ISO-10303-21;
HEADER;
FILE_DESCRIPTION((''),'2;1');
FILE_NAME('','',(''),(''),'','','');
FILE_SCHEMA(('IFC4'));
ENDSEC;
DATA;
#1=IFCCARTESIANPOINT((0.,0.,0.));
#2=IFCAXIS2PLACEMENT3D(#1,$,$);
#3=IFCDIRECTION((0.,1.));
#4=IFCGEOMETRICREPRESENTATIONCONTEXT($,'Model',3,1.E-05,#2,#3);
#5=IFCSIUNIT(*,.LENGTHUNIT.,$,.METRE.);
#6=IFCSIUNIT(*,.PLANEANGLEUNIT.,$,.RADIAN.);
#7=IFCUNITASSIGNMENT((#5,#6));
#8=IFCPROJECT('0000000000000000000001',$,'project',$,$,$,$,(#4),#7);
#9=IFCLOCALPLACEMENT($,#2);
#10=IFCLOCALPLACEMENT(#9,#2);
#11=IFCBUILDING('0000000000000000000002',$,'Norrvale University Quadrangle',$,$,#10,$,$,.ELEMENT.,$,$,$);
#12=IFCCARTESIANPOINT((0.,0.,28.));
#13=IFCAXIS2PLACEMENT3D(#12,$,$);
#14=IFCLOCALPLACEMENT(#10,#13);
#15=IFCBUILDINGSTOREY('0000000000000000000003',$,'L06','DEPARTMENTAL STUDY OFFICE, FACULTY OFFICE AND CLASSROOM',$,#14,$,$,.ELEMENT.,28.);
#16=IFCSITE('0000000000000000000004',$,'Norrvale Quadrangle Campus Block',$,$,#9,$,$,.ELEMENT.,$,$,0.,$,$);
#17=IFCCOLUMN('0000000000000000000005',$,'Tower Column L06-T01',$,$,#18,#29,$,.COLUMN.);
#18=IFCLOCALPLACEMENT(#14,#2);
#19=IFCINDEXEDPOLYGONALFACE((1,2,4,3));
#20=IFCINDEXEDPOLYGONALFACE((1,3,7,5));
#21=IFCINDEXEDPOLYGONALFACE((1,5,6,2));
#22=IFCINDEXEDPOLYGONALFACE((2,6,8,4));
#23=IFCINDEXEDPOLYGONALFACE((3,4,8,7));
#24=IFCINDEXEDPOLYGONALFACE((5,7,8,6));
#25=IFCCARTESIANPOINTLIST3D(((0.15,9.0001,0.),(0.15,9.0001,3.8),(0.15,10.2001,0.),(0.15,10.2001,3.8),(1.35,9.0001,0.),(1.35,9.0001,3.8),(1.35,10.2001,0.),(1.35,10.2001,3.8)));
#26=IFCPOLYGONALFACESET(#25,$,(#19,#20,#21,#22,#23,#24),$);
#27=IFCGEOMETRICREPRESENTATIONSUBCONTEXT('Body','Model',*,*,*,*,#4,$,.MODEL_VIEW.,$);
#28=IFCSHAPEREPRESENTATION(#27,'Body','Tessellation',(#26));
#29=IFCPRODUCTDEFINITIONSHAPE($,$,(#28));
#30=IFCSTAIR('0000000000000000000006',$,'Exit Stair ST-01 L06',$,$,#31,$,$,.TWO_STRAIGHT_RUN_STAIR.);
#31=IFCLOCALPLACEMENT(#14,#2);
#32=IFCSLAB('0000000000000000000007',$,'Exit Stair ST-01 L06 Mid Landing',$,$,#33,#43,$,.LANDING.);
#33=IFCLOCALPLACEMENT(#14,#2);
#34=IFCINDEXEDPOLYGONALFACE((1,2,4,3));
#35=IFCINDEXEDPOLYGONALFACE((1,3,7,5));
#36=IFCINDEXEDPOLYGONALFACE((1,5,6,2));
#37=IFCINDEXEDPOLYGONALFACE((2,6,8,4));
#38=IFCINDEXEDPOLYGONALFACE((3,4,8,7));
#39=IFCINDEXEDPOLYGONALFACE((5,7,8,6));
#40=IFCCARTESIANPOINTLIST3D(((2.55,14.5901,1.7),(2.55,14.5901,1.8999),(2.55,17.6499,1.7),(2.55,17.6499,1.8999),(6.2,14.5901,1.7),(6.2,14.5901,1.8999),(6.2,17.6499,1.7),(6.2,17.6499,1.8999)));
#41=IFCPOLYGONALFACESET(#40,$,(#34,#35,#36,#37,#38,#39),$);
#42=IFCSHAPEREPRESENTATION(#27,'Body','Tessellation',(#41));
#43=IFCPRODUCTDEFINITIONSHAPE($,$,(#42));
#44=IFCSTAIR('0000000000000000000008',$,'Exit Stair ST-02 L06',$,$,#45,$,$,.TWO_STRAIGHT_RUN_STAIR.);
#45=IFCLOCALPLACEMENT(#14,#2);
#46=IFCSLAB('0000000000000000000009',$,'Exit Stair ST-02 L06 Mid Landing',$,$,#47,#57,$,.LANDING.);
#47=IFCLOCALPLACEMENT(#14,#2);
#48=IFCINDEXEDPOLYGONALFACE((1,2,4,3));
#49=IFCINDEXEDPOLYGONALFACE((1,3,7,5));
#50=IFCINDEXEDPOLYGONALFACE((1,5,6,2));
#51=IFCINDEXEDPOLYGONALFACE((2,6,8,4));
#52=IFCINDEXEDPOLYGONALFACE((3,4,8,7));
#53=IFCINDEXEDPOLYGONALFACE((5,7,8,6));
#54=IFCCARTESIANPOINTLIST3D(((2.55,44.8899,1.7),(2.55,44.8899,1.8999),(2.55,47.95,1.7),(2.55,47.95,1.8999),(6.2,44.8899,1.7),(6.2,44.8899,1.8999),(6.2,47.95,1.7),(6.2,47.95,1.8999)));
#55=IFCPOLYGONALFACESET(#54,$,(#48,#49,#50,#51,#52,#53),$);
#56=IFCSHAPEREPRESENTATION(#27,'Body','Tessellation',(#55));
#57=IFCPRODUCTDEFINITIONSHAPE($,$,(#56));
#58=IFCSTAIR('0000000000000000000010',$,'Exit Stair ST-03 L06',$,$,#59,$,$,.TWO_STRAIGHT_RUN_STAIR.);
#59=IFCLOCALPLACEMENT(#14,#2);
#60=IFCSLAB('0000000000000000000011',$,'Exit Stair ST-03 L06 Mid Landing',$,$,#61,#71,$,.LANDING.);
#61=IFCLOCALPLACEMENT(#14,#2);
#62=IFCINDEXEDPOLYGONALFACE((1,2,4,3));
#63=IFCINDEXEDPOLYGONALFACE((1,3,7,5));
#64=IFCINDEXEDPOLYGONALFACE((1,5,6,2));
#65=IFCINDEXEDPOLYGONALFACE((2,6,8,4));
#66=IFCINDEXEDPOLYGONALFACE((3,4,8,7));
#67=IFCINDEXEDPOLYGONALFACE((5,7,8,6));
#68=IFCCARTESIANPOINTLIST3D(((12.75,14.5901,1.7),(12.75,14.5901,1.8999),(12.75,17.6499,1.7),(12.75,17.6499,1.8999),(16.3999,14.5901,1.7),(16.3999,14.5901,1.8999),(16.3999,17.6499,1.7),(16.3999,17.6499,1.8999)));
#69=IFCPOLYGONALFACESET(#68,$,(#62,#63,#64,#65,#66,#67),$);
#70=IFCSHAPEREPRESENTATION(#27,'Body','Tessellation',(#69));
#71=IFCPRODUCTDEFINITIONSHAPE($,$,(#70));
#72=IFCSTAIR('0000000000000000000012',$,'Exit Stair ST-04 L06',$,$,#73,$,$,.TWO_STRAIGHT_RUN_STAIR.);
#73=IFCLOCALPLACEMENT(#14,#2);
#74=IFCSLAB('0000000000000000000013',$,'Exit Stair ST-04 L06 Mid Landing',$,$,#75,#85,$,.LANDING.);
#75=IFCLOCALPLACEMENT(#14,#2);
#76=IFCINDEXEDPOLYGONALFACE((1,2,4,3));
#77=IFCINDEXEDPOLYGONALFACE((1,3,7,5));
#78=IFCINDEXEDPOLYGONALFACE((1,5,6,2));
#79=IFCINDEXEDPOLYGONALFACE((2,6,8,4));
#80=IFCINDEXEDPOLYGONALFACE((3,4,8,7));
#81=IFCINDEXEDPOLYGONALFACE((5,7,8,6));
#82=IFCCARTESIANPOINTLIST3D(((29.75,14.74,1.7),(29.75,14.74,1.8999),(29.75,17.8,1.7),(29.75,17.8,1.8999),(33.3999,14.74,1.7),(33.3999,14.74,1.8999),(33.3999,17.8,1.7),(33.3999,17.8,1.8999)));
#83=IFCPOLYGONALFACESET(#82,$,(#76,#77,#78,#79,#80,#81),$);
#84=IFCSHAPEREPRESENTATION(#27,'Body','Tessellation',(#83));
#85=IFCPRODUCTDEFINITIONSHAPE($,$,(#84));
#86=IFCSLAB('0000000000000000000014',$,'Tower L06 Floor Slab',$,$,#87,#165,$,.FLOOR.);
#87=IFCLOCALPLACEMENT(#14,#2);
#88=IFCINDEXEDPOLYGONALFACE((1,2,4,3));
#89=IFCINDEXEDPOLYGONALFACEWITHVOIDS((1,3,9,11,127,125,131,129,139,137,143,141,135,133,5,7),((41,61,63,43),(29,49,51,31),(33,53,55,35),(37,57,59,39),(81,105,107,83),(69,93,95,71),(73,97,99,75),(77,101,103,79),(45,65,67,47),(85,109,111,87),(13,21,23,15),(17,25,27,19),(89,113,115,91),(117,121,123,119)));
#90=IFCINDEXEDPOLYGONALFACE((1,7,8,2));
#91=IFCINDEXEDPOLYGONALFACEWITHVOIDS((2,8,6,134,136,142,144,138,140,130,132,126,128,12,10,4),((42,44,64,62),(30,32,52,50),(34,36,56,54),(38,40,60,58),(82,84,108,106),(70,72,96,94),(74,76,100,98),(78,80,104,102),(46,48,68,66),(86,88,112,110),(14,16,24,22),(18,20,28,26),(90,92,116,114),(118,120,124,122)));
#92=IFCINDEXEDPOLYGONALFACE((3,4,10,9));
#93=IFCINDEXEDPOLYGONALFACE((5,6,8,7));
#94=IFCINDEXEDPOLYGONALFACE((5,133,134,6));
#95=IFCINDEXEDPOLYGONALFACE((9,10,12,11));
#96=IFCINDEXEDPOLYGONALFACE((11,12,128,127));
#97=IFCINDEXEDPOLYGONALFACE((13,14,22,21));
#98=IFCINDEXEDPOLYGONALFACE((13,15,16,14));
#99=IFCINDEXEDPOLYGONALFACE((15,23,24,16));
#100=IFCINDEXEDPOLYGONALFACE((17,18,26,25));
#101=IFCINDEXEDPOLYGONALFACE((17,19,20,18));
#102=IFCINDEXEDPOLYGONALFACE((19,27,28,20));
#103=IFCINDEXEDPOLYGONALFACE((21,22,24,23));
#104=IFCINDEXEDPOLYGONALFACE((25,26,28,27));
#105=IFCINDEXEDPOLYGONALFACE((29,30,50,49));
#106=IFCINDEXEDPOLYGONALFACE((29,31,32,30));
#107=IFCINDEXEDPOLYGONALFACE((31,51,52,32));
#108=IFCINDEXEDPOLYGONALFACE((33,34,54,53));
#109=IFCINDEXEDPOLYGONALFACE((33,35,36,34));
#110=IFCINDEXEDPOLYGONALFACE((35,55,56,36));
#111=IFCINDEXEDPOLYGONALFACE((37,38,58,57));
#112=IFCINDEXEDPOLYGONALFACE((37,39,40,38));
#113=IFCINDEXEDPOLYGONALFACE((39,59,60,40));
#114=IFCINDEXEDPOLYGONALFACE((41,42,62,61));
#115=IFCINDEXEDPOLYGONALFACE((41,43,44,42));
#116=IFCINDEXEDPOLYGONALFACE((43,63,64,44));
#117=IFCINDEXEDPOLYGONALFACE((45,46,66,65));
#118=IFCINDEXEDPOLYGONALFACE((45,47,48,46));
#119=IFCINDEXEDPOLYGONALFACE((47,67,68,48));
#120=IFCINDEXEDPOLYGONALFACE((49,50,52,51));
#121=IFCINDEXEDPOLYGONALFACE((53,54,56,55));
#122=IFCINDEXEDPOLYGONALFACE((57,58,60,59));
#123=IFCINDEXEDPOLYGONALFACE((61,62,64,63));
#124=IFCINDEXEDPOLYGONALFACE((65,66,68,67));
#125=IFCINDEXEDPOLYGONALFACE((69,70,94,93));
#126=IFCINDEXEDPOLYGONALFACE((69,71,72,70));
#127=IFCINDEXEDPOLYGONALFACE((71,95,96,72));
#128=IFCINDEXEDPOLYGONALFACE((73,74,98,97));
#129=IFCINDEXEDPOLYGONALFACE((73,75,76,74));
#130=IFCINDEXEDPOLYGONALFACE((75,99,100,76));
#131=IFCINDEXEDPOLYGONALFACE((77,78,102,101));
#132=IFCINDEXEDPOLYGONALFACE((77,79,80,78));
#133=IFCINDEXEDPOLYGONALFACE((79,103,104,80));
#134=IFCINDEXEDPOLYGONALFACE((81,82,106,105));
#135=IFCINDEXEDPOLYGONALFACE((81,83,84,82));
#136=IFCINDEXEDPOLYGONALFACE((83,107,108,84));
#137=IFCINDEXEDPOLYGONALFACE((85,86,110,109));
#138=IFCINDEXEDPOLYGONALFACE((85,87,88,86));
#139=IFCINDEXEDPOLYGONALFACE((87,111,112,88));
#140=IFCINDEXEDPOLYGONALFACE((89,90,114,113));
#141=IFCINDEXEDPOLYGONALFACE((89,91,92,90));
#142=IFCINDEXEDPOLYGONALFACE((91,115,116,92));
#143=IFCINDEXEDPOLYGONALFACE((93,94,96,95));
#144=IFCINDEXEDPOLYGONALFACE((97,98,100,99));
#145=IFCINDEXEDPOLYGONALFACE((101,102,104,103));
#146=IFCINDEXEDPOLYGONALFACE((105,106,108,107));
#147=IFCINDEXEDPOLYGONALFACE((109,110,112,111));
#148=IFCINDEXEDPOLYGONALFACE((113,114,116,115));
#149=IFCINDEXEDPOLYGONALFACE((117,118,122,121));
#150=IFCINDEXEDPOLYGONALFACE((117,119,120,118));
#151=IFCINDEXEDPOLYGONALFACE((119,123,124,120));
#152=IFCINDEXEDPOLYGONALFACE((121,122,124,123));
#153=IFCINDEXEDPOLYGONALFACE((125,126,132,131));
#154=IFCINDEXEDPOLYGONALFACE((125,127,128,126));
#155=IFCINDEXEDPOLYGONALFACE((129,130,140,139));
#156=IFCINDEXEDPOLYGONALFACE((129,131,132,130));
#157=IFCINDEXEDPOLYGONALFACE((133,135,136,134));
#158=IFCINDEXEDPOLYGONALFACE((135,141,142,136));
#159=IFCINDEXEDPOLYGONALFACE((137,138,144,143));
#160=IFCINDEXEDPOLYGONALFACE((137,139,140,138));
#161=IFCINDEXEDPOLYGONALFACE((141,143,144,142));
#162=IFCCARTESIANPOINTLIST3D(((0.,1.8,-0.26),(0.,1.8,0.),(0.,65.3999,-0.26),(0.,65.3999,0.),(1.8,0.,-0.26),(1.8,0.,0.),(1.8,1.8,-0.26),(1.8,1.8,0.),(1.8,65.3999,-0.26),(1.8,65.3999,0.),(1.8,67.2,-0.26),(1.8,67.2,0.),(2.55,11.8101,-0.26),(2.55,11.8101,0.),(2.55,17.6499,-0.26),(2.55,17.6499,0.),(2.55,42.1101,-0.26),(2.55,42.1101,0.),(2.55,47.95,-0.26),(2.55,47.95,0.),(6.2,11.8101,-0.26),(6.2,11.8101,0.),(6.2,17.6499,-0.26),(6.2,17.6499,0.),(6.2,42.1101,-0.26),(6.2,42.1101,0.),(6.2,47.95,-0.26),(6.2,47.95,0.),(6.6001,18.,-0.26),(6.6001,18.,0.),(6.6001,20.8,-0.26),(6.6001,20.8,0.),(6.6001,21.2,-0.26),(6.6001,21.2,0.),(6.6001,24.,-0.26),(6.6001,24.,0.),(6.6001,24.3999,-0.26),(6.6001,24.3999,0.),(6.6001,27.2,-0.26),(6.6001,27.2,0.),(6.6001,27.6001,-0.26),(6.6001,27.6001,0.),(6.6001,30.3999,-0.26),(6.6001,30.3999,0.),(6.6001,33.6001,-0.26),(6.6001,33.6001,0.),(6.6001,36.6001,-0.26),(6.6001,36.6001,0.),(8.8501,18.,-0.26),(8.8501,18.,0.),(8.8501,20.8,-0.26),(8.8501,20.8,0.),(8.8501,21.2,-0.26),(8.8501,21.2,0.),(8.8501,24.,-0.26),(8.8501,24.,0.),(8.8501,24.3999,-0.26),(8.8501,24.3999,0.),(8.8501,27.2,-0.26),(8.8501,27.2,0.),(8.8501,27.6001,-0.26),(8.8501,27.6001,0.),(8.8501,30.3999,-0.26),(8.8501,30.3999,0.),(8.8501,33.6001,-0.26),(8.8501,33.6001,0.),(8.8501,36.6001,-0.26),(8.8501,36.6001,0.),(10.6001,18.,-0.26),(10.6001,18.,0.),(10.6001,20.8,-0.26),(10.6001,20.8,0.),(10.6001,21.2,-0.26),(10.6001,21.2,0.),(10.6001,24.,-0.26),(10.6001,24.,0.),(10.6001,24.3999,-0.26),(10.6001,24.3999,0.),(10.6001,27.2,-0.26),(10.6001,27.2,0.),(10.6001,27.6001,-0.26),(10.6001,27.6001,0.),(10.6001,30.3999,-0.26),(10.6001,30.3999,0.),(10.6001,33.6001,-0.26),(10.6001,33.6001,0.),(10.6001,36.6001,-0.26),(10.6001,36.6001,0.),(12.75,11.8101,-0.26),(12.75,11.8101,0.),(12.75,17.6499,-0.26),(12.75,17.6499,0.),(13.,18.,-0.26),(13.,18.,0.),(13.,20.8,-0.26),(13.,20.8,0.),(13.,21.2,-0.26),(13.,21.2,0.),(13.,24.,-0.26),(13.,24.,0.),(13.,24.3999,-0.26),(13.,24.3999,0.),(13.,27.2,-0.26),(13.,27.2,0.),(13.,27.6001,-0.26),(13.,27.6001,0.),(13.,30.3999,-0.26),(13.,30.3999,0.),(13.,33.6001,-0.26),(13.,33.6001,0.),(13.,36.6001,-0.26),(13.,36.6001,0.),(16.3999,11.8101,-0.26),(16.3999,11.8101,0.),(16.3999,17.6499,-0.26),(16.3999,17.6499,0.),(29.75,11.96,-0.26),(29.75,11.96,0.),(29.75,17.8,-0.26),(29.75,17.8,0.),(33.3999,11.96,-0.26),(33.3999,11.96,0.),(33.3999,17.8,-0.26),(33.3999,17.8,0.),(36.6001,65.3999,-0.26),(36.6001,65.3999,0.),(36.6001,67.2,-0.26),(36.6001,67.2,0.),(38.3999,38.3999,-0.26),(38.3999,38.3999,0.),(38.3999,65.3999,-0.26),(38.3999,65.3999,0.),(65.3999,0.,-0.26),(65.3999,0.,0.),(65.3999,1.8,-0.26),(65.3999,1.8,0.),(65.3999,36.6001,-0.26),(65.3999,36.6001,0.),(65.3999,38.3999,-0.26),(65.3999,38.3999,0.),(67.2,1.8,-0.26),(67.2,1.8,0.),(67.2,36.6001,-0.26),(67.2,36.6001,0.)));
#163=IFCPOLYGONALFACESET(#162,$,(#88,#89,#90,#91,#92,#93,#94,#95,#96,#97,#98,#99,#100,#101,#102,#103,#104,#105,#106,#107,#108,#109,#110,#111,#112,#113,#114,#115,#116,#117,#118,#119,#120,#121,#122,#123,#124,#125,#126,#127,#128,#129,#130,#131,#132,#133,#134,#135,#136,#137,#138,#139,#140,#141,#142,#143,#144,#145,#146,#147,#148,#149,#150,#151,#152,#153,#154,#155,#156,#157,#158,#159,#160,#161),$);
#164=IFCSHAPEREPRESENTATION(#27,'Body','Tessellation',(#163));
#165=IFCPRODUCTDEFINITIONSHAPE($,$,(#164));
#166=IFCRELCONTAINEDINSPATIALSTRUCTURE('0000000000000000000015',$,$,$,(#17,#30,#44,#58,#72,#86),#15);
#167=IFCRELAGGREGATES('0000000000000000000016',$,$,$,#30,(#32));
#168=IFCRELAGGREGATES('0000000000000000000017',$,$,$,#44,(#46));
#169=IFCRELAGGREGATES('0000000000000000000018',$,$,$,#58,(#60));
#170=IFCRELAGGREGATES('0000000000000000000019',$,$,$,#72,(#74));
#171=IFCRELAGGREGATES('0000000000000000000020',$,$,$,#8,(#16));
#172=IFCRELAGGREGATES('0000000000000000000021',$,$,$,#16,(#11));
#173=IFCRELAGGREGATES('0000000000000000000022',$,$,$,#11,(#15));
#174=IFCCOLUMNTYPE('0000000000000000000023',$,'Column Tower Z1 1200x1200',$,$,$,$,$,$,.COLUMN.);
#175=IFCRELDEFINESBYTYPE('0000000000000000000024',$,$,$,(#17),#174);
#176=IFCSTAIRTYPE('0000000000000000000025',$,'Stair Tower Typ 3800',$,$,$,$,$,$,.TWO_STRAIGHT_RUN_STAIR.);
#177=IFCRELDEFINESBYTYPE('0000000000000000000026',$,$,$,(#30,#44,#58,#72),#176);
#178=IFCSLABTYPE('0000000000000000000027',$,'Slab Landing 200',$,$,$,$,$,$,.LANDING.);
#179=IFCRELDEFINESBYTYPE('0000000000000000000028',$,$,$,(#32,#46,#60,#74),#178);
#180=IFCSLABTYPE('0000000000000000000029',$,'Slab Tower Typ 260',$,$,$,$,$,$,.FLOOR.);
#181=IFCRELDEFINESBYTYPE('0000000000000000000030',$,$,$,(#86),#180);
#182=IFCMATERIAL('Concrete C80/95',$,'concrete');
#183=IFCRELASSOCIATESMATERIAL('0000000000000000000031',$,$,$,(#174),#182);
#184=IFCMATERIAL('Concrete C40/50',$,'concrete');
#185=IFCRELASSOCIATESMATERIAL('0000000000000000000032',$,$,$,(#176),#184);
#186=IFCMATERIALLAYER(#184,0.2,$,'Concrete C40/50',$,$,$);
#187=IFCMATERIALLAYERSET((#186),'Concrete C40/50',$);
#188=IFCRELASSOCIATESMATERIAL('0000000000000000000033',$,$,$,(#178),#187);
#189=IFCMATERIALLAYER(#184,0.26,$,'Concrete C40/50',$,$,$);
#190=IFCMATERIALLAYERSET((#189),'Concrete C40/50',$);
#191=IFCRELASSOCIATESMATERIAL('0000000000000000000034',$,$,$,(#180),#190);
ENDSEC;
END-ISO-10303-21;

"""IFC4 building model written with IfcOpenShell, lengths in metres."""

from ifc_helpers import new_model, si_unit, direction, frame, origin, origin_2d, place, context, subcontext, project, spatial, polyline, rectangle, outline, extrude, material, layer, layer_set, material_profile, profile_set, type_object, element, aggregate, save


model = new_model("IFC4")

# Units and contexts
model_context = context("Model", 3, precision=1e-05, world=origin(), true_north=direction((0.0, 1.0)))
body_context = subcontext(model_context, "Body", "Model", "MODEL_VIEW")
ifc_project = project(units=[si_unit("LENGTHUNIT", "METRE"), si_unit("PLANEANGLEUNIT", "RADIAN")], contexts=[model_context])

# Site, building, storey
site_placement = place(None, origin())
site = spatial("IfcSite", under=ifc_project, at=site_placement, Name="Norrvale Quadrangle Campus Block", CompositionType="ELEMENT", RefElevation=0.0)
building_placement = place(site_placement, origin())
building = spatial("IfcBuilding", under=site, at=building_placement, Name="Norrvale University Quadrangle", CompositionType="ELEMENT")
storey_placement = place(building_placement, frame((0.0, 0.0, 28.0)))
storey = spatial("IfcBuildingStorey", under=building, at=storey_placement, Name="L06", Description="DEPARTMENTAL STUDY OFFICE, FACULTY OFFICE AND CLASSROOM", CompositionType="ELEMENT", Elevation=28.0)

# Column
ifc_material_1 = material(Name="Concrete C80/95", Category="concrete")
ifc_material_profile = material_profile(ifc_material_1, rectangle(XDim=1.2, YDim=1.2, at=origin_2d()), Name="Concrete C80/95")
ifc_profile_set = profile_set([ifc_material_profile], Name="Concrete C80/95")
column_type = type_object("IfcColumnType", Name="Column Tower Z1 1200x1200", PredefinedType="COLUMN", material=ifc_profile_set)
column_placement = place(storey_placement, frame((0.75, 9.6001, 0.0), z_axis=(0.0, 0.0, 1.0), x_axis=(1.0, 0.0, 0.0)))
element("IfcColumn", 1, at=column_placement, inside=storey, type_object=column_type, Name="Tower Column L06-T01", PredefinedType="COLUMN", context=body_context, shape_type="SweptSolid", body=[
    extrude(rectangle(XDim=1.2, YDim=1.2, at=origin_2d()), origin(), (0.0, 0.0, 1.0), 3.8),
])

# Stairs, slabs
ifc_material_2 = material(Name="Concrete C40/50", Category="concrete")
stair_type = type_object("IfcStairType", Name="Stair Tower Typ 3800", PredefinedType="TWO_STRAIGHT_RUN_STAIR", material=ifc_material_2)
stair_1_placement = place(storey_placement, origin())
stair_1 = element("IfcStair", 2, at=stair_1_placement, inside=storey, type_object=stair_type, Name="Exit Stair ST-01 L06", PredefinedType="TWO_STRAIGHT_RUN_STAIR")
ifc_layer_1 = layer(ifc_material_2, 0.2, Name="Concrete C40/50")
ifc_layer_set_1 = layer_set([ifc_layer_1], Name="Concrete C40/50")
slab_type_1 = type_object("IfcSlabType", Name="Slab Landing 200", PredefinedType="LANDING", material=ifc_layer_set_1)
slab_1_placement = place(storey_placement, frame((0.0, 0.0, 1.7)))
slab_1 = element("IfcSlab", 3, at=slab_1_placement, type_object=slab_type_1, Name="Exit Stair ST-01 L06 Mid Landing", PredefinedType="LANDING", context=body_context, shape_type="SweptSolid", body=[
    extrude(outline(polyline([(2.55, 14.5901), (6.2, 14.5901), (6.2, 17.6499), (2.55, 17.6499), (2.55, 14.5901)])), origin(), (0.0, 0.0, 1.0), 0.2),
])
aggregate(stair_1, [slab_1])
stair_2_placement = place(storey_placement, origin())
stair_2 = element("IfcStair", 4, at=stair_2_placement, inside=storey, type_object=stair_type, Name="Exit Stair ST-02 L06", PredefinedType="TWO_STRAIGHT_RUN_STAIR")
slab_2_placement = place(storey_placement, frame((0.0, 0.0, 1.7)))
slab_2 = element("IfcSlab", 5, at=slab_2_placement, type_object=slab_type_1, Name="Exit Stair ST-02 L06 Mid Landing", PredefinedType="LANDING", context=body_context, shape_type="SweptSolid", body=[
    extrude(outline(polyline([(2.55, 44.8899), (6.2, 44.8899), (6.2, 47.95), (2.55, 47.95), (2.55, 44.8899)])), origin(), (0.0, 0.0, 1.0), 0.2),
])
aggregate(stair_2, [slab_2])
stair_3_placement = place(storey_placement, origin())
stair_3 = element("IfcStair", 6, at=stair_3_placement, inside=storey, type_object=stair_type, Name="Exit Stair ST-03 L06", PredefinedType="TWO_STRAIGHT_RUN_STAIR")
slab_3_placement = place(storey_placement, frame((0.0, 0.0, 1.7)))
slab_3 = element("IfcSlab", 7, at=slab_3_placement, type_object=slab_type_1, Name="Exit Stair ST-03 L06 Mid Landing", PredefinedType="LANDING", context=body_context, shape_type="SweptSolid", body=[
    extrude(outline(polyline([(12.75, 14.5901), (16.3999, 14.5901), (16.3999, 17.6499), (12.75, 17.6499), (12.75, 14.5901)])), origin(), (0.0, 0.0, 1.0), 0.2),
])
aggregate(stair_3, [slab_3])
stair_4_placement = place(storey_placement, origin())
stair_4 = element("IfcStair", 8, at=stair_4_placement, inside=storey, type_object=stair_type, Name="Exit Stair ST-04 L06", PredefinedType="TWO_STRAIGHT_RUN_STAIR")
slab_4_placement = place(storey_placement, frame((0.0, 0.0, 1.7)))
slab_4 = element("IfcSlab", 9, at=slab_4_placement, type_object=slab_type_1, Name="Exit Stair ST-04 L06 Mid Landing", PredefinedType="LANDING", context=body_context, shape_type="SweptSolid", body=[
    extrude(outline(polyline([(29.75, 14.74), (33.3999, 14.74), (33.3999, 17.8), (29.75, 17.8), (29.75, 14.74)])), origin(), (0.0, 0.0, 1.0), 0.2),
])
aggregate(stair_4, [slab_4])

# Slab
ifc_layer_2 = layer(ifc_material_2, 0.26, Name="Concrete C40/50")
ifc_layer_set_2 = layer_set([ifc_layer_2], Name="Concrete C40/50")
slab_type_2 = type_object("IfcSlabType", Name="Slab Tower Typ 260", PredefinedType="FLOOR", material=ifc_layer_set_2)
slab_5_placement = place(storey_placement, frame((0.0, 0.0, -0.26)))
element("IfcSlab", 10, at=slab_5_placement, inside=storey, type_object=slab_type_2, Name="Tower L06 Floor Slab", PredefinedType="FLOOR", context=body_context, shape_type="SweptSolid", body=[
    extrude(outline(polyline([(1.8, 0.0), (65.3999, 0.0), (65.3999, 1.8), (67.2, 1.8), (67.2, 36.6001), (65.3999, 36.6001), (65.3999, 38.3999), (38.3999, 38.3999), (38.3999, 65.3999), (36.6001, 65.3999), (36.6001, 67.2), (1.8, 67.2), (1.8, 65.3999), (0.0, 65.3999), (0.0, 1.8), (1.8, 1.8), (1.8, 0.0)]), holes=[polyline([(2.55, 11.8101), (6.2, 11.8101), (6.2, 17.6499), (2.55, 17.6499), (2.55, 11.8101)]), polyline([(2.55, 42.1101), (6.2, 42.1101), (6.2, 47.95), (2.55, 47.95), (2.55, 42.1101)]), polyline([(12.75, 11.8101), (16.3999, 11.8101), (16.3999, 17.6499), (12.75, 17.6499), (12.75, 11.8101)]), polyline([(29.75, 11.96), (33.3999, 11.96), (33.3999, 17.8), (29.75, 17.8), (29.75, 11.96)]), polyline([(6.6001, 18.0), (8.8501, 18.0), (8.8501, 20.8), (6.6001, 20.8), (6.6001, 18.0)]), polyline([(6.6001, 21.2), (8.8501, 21.2), (8.8501, 24.0), (6.6001, 24.0), (6.6001, 21.2)]), polyline([(6.6001, 24.3999), (8.8501, 24.3999), (8.8501, 27.2), (6.6001, 27.2), (6.6001, 24.3999)]), polyline([(6.6001, 27.6001), (8.8501, 27.6001), (8.8501, 30.3999), (6.6001, 30.3999), (6.6001, 27.6001)]), polyline([(10.6001, 18.0), (13.0, 18.0), (13.0, 20.8), (10.6001, 20.8), (10.6001, 18.0)]), polyline([(10.6001, 21.2), (13.0, 21.2), (13.0, 24.0), (10.6001, 24.0), (10.6001, 21.2)]), polyline([(10.6001, 24.3999), (13.0, 24.3999), (13.0, 27.2), (10.6001, 27.2), (10.6001, 24.3999)]), polyline([(10.6001, 27.6001), (13.0, 27.6001), (13.0, 30.3999), (10.6001, 30.3999), (10.6001, 27.6001)]), polyline([(6.6001, 33.6001), (8.8501, 33.6001), (8.8501, 36.6001), (6.6001, 36.6001), (6.6001, 33.6001)]), polyline([(10.6001, 33.6001), (13.0, 33.6001), (13.0, 36.6001), (10.6001, 36.6001), (10.6001, 33.6001)])]), origin(), (0.0, 0.0, 1.0), 0.26),
])

save(model, "model.ifc")
